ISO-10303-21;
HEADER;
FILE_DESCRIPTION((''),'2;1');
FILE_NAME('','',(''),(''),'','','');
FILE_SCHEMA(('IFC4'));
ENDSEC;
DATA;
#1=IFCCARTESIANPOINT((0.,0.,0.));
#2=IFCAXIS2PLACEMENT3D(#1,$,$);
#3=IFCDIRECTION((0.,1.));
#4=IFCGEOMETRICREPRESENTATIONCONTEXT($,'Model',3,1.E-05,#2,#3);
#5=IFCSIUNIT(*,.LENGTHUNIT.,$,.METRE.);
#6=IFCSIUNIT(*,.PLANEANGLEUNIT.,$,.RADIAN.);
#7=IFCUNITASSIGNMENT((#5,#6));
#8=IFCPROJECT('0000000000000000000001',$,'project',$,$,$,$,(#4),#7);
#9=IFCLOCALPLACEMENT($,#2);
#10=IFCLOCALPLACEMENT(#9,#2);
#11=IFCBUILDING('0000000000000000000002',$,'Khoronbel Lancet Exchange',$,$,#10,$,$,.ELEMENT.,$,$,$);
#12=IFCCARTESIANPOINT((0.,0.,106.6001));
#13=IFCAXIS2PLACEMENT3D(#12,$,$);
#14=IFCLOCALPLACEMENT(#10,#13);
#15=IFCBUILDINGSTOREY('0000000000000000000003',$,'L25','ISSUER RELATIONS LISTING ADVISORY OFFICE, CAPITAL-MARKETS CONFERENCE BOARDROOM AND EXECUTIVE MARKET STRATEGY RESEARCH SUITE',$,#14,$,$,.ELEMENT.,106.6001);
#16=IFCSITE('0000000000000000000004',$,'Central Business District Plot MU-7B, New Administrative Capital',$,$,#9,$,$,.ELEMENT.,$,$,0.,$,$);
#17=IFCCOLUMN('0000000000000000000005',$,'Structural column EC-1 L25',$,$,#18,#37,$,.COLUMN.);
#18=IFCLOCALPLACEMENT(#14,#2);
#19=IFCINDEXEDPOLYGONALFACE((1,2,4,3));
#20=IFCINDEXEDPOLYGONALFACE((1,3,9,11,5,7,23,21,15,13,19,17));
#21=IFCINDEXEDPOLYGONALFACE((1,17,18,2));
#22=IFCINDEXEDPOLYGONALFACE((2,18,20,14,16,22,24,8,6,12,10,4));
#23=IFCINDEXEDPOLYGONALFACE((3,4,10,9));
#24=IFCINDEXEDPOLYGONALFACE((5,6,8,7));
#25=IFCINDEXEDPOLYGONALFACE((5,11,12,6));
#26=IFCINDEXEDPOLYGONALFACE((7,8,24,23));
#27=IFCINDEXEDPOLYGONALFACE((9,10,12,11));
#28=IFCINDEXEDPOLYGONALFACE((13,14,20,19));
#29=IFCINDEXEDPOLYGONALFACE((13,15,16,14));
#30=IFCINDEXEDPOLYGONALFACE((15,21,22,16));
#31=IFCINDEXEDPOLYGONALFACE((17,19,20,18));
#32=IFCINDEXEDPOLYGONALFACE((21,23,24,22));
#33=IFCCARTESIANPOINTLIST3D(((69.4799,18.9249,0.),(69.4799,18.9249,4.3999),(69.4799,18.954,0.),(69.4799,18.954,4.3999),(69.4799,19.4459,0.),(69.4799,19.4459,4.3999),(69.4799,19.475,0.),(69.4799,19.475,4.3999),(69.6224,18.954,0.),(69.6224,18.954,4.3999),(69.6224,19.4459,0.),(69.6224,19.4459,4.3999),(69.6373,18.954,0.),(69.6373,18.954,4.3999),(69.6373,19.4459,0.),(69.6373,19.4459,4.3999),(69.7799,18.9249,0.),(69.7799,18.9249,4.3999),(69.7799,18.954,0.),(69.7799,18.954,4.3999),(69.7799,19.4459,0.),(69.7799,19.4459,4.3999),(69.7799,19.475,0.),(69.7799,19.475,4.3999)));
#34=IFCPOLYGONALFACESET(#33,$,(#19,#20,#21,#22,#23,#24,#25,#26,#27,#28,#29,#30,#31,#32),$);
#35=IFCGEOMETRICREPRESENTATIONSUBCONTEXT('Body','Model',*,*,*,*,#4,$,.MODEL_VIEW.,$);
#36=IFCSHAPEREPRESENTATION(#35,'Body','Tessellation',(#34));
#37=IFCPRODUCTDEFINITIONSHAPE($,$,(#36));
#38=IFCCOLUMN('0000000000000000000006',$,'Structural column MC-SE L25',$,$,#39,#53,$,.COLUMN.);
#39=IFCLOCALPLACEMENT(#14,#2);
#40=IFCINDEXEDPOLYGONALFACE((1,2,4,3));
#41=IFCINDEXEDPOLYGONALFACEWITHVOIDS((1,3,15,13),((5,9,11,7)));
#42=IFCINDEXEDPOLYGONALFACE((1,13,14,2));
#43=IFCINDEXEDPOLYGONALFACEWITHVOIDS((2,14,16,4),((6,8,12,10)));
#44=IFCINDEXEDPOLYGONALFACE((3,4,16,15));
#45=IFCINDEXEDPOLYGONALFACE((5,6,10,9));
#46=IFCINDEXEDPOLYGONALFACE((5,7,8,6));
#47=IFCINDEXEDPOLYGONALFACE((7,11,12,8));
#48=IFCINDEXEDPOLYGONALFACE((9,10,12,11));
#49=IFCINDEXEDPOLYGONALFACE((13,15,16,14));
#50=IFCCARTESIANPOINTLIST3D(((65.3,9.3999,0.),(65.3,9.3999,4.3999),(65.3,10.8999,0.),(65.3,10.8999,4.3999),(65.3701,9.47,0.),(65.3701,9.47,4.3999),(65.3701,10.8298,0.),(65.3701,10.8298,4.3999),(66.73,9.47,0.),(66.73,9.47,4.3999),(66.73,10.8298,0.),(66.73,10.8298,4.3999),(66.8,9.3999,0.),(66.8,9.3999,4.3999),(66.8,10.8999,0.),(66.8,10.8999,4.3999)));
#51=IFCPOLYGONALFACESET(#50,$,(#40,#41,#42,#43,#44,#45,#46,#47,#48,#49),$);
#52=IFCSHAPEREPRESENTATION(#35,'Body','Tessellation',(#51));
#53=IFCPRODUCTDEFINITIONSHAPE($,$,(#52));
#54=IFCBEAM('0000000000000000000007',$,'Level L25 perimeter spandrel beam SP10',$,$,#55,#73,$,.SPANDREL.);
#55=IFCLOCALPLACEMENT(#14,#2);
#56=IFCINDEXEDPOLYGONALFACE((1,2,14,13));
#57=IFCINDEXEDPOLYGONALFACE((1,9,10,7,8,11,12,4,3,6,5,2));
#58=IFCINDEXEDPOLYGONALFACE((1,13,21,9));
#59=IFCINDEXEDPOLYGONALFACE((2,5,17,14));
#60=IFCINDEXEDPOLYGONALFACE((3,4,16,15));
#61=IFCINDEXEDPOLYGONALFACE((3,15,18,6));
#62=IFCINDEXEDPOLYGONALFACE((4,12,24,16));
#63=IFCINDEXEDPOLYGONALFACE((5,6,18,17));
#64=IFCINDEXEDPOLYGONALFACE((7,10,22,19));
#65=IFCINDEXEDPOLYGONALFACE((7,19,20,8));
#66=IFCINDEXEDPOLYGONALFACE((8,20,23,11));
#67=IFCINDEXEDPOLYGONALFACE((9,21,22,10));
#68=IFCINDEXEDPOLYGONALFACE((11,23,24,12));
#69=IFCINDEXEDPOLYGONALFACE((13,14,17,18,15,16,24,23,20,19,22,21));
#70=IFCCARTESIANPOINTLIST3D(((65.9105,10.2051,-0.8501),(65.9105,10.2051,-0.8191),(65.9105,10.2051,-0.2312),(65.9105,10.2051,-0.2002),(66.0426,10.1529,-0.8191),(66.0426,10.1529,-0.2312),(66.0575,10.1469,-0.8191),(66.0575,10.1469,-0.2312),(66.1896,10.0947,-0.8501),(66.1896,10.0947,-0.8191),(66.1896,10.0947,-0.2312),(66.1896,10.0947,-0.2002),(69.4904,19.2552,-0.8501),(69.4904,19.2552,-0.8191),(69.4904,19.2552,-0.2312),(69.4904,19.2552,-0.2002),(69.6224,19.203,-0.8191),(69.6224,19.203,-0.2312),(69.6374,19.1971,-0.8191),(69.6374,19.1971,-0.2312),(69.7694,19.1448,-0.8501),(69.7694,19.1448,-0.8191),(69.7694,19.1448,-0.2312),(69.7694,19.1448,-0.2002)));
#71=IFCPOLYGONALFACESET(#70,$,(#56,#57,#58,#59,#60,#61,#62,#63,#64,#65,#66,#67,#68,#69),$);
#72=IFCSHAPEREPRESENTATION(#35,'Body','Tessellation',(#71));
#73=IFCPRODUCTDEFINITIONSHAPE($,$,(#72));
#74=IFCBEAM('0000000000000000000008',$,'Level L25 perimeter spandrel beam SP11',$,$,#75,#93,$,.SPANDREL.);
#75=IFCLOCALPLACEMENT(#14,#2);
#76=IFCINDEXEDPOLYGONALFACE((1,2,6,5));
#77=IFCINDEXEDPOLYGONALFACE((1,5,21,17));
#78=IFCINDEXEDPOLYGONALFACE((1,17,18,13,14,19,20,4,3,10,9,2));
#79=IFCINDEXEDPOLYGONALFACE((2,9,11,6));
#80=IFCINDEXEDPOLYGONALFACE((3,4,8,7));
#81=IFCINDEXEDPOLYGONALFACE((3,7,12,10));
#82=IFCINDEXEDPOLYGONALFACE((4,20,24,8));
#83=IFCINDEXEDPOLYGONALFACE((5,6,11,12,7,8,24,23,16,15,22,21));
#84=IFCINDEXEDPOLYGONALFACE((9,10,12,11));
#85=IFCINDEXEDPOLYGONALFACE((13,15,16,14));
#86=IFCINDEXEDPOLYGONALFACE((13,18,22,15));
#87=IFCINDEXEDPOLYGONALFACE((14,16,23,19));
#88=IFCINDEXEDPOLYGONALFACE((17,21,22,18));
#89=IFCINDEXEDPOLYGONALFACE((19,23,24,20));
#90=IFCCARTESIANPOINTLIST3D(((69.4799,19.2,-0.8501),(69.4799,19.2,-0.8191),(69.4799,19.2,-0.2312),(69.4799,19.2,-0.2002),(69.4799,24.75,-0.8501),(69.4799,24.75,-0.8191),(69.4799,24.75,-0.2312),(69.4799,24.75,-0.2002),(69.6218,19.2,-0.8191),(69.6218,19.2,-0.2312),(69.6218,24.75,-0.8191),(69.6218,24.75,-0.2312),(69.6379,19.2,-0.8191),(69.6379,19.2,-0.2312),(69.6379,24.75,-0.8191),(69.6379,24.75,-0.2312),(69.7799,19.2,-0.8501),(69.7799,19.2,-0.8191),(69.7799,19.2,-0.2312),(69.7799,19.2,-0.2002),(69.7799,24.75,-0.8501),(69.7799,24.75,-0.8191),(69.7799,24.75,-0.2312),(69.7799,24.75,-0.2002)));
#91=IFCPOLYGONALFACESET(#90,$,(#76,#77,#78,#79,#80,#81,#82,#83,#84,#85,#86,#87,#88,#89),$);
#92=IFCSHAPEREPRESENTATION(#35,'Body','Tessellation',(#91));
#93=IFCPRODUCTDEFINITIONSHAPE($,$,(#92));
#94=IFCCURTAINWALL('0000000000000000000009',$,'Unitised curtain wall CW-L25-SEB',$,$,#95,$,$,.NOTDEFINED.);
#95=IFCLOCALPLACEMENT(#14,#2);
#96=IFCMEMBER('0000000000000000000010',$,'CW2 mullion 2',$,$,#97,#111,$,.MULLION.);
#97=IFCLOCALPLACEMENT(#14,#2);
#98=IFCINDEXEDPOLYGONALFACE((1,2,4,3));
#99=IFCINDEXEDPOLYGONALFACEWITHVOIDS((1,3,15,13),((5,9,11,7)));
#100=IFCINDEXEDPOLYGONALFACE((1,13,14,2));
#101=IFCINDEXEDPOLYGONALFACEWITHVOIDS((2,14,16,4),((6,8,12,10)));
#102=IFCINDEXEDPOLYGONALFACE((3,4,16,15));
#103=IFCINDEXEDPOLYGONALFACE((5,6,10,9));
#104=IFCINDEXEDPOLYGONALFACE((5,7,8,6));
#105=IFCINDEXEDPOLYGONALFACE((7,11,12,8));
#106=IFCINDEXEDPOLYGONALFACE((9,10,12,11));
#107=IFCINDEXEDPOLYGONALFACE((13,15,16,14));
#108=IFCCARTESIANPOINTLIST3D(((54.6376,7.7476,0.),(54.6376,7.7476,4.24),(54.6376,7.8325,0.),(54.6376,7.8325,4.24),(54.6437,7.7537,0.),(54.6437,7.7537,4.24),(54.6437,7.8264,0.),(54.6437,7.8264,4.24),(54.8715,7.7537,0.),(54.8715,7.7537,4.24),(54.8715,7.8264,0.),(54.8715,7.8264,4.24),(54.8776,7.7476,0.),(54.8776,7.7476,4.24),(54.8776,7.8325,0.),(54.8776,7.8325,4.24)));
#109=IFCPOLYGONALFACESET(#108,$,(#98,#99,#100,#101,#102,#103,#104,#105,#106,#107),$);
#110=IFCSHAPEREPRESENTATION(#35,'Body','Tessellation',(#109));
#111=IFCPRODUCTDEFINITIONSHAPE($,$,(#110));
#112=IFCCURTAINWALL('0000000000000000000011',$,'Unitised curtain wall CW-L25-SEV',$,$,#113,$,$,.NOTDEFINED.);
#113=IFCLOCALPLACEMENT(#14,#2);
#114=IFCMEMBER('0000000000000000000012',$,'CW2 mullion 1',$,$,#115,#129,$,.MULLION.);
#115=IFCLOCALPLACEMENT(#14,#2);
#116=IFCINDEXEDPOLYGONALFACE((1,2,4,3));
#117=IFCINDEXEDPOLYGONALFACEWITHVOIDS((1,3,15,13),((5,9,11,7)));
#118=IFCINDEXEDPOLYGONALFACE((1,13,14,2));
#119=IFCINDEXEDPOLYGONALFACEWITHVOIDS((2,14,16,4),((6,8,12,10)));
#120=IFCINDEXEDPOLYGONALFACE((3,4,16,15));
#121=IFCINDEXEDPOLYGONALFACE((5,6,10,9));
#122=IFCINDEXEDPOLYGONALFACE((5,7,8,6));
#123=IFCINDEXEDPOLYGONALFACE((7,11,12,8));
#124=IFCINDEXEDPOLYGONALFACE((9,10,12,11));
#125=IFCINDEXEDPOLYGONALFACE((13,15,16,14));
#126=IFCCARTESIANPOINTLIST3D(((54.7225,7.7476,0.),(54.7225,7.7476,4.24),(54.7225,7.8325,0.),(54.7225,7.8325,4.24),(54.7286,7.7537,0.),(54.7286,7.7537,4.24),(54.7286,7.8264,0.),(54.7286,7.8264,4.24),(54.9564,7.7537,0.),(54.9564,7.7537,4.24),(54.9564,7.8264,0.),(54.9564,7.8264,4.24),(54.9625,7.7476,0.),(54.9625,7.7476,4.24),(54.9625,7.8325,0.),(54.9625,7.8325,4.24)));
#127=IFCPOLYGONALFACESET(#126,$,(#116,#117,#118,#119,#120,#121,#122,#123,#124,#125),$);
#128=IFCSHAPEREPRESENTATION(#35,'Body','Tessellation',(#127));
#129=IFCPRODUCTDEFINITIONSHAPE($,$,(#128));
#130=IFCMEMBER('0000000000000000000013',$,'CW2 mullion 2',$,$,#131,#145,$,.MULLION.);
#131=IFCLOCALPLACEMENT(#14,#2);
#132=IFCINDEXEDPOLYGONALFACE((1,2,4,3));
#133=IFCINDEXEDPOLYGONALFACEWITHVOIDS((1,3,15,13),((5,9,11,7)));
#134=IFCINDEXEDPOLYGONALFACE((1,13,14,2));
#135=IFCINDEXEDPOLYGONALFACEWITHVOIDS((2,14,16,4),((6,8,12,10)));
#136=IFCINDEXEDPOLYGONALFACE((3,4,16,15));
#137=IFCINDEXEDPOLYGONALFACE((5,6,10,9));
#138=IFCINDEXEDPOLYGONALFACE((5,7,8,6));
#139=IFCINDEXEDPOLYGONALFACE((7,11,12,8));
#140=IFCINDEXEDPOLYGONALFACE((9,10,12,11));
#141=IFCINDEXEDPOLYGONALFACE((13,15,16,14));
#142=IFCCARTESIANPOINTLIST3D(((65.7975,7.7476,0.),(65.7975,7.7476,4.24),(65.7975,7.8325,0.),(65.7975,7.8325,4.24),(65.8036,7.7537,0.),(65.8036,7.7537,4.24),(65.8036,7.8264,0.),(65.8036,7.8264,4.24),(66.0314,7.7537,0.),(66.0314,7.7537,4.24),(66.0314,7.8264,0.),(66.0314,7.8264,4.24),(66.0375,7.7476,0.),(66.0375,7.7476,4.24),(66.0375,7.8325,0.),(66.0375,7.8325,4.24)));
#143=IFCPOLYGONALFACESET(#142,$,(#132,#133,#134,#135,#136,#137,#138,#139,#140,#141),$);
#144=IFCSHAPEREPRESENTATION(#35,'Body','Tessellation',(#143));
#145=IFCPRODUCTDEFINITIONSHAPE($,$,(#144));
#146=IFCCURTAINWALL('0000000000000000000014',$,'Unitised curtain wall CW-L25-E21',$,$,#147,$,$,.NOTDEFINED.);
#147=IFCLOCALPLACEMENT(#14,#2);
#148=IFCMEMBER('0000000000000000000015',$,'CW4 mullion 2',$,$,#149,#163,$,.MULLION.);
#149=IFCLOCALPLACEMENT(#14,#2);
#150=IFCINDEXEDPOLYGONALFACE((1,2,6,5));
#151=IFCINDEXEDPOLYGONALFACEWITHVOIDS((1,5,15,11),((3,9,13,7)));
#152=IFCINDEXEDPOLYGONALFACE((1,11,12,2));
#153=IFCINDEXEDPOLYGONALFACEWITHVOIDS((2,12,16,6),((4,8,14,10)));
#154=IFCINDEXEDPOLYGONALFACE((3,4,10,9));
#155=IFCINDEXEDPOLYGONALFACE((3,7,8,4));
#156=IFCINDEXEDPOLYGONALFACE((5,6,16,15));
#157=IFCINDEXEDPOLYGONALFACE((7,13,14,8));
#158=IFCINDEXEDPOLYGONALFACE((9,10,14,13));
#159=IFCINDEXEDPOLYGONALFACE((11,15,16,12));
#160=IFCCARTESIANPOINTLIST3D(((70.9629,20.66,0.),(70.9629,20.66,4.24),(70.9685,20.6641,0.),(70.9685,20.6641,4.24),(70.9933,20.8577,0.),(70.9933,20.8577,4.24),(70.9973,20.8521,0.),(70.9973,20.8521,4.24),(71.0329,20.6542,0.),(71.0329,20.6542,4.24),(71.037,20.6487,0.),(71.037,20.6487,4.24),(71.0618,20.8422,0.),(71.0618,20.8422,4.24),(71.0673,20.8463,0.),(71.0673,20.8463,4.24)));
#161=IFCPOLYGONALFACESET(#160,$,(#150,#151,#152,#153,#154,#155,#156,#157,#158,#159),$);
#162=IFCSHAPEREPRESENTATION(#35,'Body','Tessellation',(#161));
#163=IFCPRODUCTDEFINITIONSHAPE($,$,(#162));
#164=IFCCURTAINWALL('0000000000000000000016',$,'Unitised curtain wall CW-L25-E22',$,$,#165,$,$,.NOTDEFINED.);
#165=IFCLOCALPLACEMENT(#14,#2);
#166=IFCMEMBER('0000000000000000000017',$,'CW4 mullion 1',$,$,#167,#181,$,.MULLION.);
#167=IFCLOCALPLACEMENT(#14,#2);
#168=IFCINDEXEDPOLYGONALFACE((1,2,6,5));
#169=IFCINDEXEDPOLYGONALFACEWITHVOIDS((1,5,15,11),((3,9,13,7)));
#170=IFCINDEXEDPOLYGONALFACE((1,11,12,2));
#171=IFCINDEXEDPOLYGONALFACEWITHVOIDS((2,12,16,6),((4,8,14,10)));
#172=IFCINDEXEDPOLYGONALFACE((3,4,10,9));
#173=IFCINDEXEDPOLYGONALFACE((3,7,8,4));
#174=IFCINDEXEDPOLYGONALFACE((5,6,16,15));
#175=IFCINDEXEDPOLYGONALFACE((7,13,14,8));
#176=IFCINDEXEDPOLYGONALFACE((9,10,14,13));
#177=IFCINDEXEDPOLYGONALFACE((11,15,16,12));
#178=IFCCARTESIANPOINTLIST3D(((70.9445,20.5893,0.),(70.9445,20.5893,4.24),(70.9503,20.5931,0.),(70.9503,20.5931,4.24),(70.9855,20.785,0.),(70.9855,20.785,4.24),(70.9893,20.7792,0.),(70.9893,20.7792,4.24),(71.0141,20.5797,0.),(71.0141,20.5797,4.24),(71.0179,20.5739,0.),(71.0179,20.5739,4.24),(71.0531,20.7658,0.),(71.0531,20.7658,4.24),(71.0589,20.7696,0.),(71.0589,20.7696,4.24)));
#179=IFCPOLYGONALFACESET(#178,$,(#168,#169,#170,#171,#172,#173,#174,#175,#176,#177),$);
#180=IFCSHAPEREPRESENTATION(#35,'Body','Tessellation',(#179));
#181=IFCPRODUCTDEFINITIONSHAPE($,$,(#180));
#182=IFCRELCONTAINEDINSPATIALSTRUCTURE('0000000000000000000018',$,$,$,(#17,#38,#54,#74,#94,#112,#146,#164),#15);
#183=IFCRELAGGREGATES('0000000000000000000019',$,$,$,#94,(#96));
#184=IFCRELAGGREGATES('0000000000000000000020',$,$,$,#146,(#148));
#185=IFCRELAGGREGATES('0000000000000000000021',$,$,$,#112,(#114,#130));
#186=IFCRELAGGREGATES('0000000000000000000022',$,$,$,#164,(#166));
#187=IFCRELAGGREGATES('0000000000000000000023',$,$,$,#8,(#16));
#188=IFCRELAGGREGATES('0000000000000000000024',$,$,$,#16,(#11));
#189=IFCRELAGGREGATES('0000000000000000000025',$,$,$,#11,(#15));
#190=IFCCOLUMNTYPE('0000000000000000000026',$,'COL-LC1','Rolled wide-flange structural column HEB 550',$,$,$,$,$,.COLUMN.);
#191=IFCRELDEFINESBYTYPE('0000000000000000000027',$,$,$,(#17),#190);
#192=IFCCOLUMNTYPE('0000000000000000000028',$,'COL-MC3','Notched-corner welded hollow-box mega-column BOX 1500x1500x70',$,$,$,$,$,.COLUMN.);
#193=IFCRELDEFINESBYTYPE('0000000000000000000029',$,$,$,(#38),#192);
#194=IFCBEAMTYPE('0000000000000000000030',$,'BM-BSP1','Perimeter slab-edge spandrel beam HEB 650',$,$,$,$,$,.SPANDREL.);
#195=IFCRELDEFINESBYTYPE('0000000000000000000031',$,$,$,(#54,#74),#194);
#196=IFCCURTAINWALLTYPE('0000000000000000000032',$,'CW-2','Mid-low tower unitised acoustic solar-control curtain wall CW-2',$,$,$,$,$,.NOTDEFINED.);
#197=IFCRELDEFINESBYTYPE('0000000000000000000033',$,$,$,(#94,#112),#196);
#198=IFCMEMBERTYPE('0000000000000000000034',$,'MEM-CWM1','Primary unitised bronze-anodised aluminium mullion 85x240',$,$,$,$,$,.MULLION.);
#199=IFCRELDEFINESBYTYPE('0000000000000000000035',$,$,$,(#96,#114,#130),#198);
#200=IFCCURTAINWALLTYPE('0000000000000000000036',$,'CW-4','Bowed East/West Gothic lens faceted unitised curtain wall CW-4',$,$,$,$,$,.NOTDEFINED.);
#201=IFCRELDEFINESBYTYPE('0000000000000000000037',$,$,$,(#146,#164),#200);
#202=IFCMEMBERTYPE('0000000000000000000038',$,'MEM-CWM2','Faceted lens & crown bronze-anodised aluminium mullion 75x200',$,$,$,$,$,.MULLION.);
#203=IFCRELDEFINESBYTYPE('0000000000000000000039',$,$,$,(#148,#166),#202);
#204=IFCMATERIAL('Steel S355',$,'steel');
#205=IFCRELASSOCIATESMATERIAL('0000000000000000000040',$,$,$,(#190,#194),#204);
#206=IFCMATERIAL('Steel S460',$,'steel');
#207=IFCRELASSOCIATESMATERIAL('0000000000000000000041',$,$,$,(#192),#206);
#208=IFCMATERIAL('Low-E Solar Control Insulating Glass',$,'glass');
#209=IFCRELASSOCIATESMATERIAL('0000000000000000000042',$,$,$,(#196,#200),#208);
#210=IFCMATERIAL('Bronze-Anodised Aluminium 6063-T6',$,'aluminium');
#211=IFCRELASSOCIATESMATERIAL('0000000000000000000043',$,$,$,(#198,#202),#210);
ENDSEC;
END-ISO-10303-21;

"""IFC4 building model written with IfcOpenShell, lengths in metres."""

from ifc_helpers import new_model, si_unit, direction, frame, origin, origin_2d, place, context, subcontext, project, spatial, hollow_rectangle, i_section, extrude, material, material_profile, profile_set, type_object, element, aggregate, save


model = new_model("IFC4")

# Units and contexts
model_context = context("Model", 3, precision=1e-05, world=origin(), true_north=direction((0.0, 1.0)))
body_context = subcontext(model_context, "Body", "Model", "MODEL_VIEW")
ifc_project = project(units=[si_unit("LENGTHUNIT", "METRE"), si_unit("PLANEANGLEUNIT", "RADIAN")], contexts=[model_context])

# Site, building, storey
site_placement = place(None, origin())
site = spatial("IfcSite", under=ifc_project, at=site_placement, Name="Central Business District Plot MU-7B, New Administrative Capital", CompositionType="ELEMENT", RefElevation=0.0)
building_placement = place(site_placement, origin())
building = spatial("IfcBuilding", under=site, at=building_placement, Name="Khoronbel Lancet Exchange", CompositionType="ELEMENT")
storey_placement = place(building_placement, frame((0.0, 0.0, 106.6001)))
storey = spatial("IfcBuildingStorey", under=building, at=storey_placement, Name="L25", Description="ISSUER RELATIONS LISTING ADVISORY OFFICE, CAPITAL-MARKETS CONFERENCE BOARDROOM AND EXECUTIVE MARKET STRATEGY RESEARCH SUITE", CompositionType="ELEMENT", Elevation=106.6001)

# Columns
ifc_material_1 = material(Name="Steel S355", Category="steel")
ifc_material_profile_1 = material_profile(ifc_material_1, i_section(OverallWidth=0.3, OverallDepth=0.55, WebThickness=0.0149, FlangeThickness=0.0291, at=origin_2d()), Name="HEB 550")
ifc_profile_set_1 = profile_set([ifc_material_profile_1], Name="Steel S355")
column_type_1 = type_object("IfcColumnType", Name="COL-LC1", Description="Rolled wide-flange structural column HEB 550", PredefinedType="COLUMN", material=ifc_profile_set_1)
column_1_placement = place(storey_placement, frame((69.6299, 19.2, 0.0), z_axis=(0.0, 0.0, 1.0), x_axis=(1.0, 0.0, 0.0)))
element("IfcColumn", 1, at=column_1_placement, inside=storey, type_object=column_type_1, Name="Structural column EC-1 L25", PredefinedType="COLUMN", context=body_context, shape_type="SweptSolid", body=[
    extrude(i_section(OverallWidth=0.3, OverallDepth=0.55, WebThickness=0.0149, FlangeThickness=0.0291, at=origin_2d()), origin(), (0.0, 0.0, 1.0), 4.3999),
])
ifc_material_2 = material(Name="Steel S460", Category="steel")
ifc_material_profile_2 = material_profile(ifc_material_2, hollow_rectangle(XDim=1.5, YDim=1.5, WallThickness=0.0701, at=origin_2d()), Name="BOX 1500x1500x70")
ifc_profile_set_2 = profile_set([ifc_material_profile_2], Name="Steel S460")
column_type_2 = type_object("IfcColumnType", Name="COL-MC3", Description="Notched-corner welded hollow-box mega-column BOX 1500x1500x70", PredefinedType="COLUMN", material=ifc_profile_set_2)
column_2_placement = place(storey_placement, frame((66.05, 10.1499, 0.0), z_axis=(0.0, 0.0, 1.0), x_axis=(1.0, 0.0, 0.0)))
element("IfcColumn", 2, at=column_2_placement, inside=storey, type_object=column_type_2, Name="Structural column MC-SE L25", PredefinedType="COLUMN", context=body_context, shape_type="SweptSolid", body=[
    extrude(hollow_rectangle(XDim=1.5, YDim=1.5, WallThickness=0.0701, at=origin_2d()), origin(), (0.0, 0.0, 1.0), 4.3999),
])

# Beams
ifc_material_profile_3 = material_profile(ifc_material_1, i_section(OverallWidth=0.3, OverallDepth=0.6499, WebThickness=0.0161, FlangeThickness=0.031, at=origin_2d()), Name="HEB 650")
ifc_profile_set_3 = profile_set([ifc_material_profile_3], Name="Steel S355")
beam_type = type_object("IfcBeamType", Name="BM-BSP1", Description="Perimeter slab-edge spandrel beam HEB 650", PredefinedType="SPANDREL", material=ifc_profile_set_3)
beam_1_placement = place(storey_placement, frame((66.05, 10.1499, -0.5251), z_axis=(0.367828, 0.929894, 0.0), x_axis=(-0.929894, 0.367828, 0.0)))
element("IfcBeam", 3, at=beam_1_placement, inside=storey, type_object=beam_type, Name="Level L25 perimeter spandrel beam SP10", PredefinedType="SPANDREL", context=body_context, shape_type="SweptSolid", body=[
    extrude(i_section(OverallWidth=0.3, OverallDepth=0.6499, WebThickness=0.0161, FlangeThickness=0.031, at=origin_2d()), origin(), (0.0, 0.0, 1.0), 9.7324),
])
beam_2_placement = place(storey_placement, frame((69.6299, 19.2, -0.5251), z_axis=(0.0, 1.0, 0.0), x_axis=(-1.0, 0.0, 0.0)))
element("IfcBeam", 4, at=beam_2_placement, inside=storey, type_object=beam_type, Name="Level L25 perimeter spandrel beam SP11", PredefinedType="SPANDREL", context=body_context, shape_type="SweptSolid", body=[
    extrude(i_section(OverallWidth=0.3, OverallDepth=0.6499, WebThickness=0.0161, FlangeThickness=0.031, at=origin_2d()), origin(), (0.0, 0.0, 1.0), 5.55),
])

# Curtain wall, member
ifc_material_3 = material(Name="Low-E Solar Control Insulating Glass", Category="glass")
curtain_wall_type_1 = type_object("IfcCurtainWallType", Name="CW-2", Description="Mid-low tower unitised acoustic solar-control curtain wall CW-2", PredefinedType="NOTDEFINED", material=ifc_material_3)
curtain_wall_1_placement = place(storey_placement, origin())
curtain_wall_1 = element("IfcCurtainWall", 5, at=curtain_wall_1_placement, inside=storey, type_object=curtain_wall_type_1, Name="Unitised curtain wall CW-L25-SEB", PredefinedType="NOTDEFINED")
ifc_material_4 = material(Name="Bronze-Anodised Aluminium 6063-T6", Category="aluminium")
ifc_material_profile_4 = material_profile(ifc_material_4, hollow_rectangle(XDim=0.085, YDim=0.24, WallThickness=0.0061, at=origin_2d()), Name="ALU MULLION 85x240")
ifc_profile_set_4 = profile_set([ifc_material_profile_4], Name="Bronze-Anodised Aluminium 6063-T6")
member_type_1 = type_object("IfcMemberType", Name="MEM-CWM1", Description="Primary unitised bronze-anodised aluminium mullion 85x240", PredefinedType="MULLION", material=ifc_profile_set_4)
member_1_placement = place(storey_placement, frame((54.7576, 7.79, 0.0), z_axis=(0.0, 0.0, 1.0), x_axis=(0.0, 1.0, 0.0)))
member_1 = element("IfcMember", 6, at=member_1_placement, type_object=member_type_1, Name="CW2 mullion 2", PredefinedType="MULLION", context=body_context, shape_type="SweptSolid", body=[
    extrude(hollow_rectangle(XDim=0.085, YDim=0.24, WallThickness=0.0061, at=origin_2d()), origin(), (0.0, 0.0, 1.0), 4.24),
])
aggregate(curtain_wall_1, [member_1])

# Curtain wall, members
curtain_wall_2_placement = place(storey_placement, origin())
curtain_wall_2 = element("IfcCurtainWall", 7, at=curtain_wall_2_placement, inside=storey, type_object=curtain_wall_type_1, Name="Unitised curtain wall CW-L25-SEV", PredefinedType="NOTDEFINED")
member_2_placement = place(storey_placement, frame((54.8425, 7.79, 0.0), z_axis=(0.0, 0.0, 1.0), x_axis=(0.0, 1.0, 0.0)))
member_2 = element("IfcMember", 8, at=member_2_placement, type_object=member_type_1, Name="CW2 mullion 1", PredefinedType="MULLION", context=body_context, shape_type="SweptSolid", body=[
    extrude(hollow_rectangle(XDim=0.085, YDim=0.24, WallThickness=0.0061, at=origin_2d()), origin(), (0.0, 0.0, 1.0), 4.24),
])
member_3_placement = place(storey_placement, frame((65.9175, 7.79, 0.0), z_axis=(0.0, 0.0, 1.0), x_axis=(0.0, 1.0, 0.0)))
member_3 = element("IfcMember", 9, at=member_3_placement, type_object=member_type_1, Name="CW2 mullion 2", PredefinedType="MULLION", context=body_context, shape_type="SweptSolid", body=[
    extrude(hollow_rectangle(XDim=0.085, YDim=0.24, WallThickness=0.0061, at=origin_2d()), origin(), (0.0, 0.0, 1.0), 4.24),
])

# Curtain wall, member
curtain_wall_type_2 = type_object("IfcCurtainWallType", Name="CW-4", Description="Bowed East/West Gothic lens faceted unitised curtain wall CW-4", PredefinedType="NOTDEFINED", material=ifc_material_3)
curtain_wall_3_placement = place(storey_placement, origin())
curtain_wall_3 = element("IfcCurtainWall", 10, at=curtain_wall_3_placement, inside=storey, type_object=curtain_wall_type_2, Name="Unitised curtain wall CW-L25-E21", PredefinedType="NOTDEFINED")
ifc_material_profile_5 = material_profile(ifc_material_4, hollow_rectangle(XDim=0.075, YDim=0.2, WallThickness=0.0049, at=origin_2d()), Name="ALU MULLION 75x200")
ifc_profile_set_5 = profile_set([ifc_material_profile_5], Name="Bronze-Anodised Aluminium 6063-T6")
member_type_2 = type_object("IfcMemberType", Name="MEM-CWM2", Description="Faceted lens & crown bronze-anodised aluminium mullion 75x200", PredefinedType="MULLION", material=ifc_profile_set_5)
member_4_placement = place(storey_placement, frame((71.0151, 20.7532, 0.0), z_axis=(0.0, 0.0, 1.0), x_axis=(0.988428, -0.15169, 0.0)))
member_4 = element("IfcMember", 11, at=member_4_placement, type_object=member_type_2, Name="CW4 mullion 2", PredefinedType="MULLION", context=body_context, shape_type="SweptSolid", body=[
    extrude(hollow_rectangle(XDim=0.075, YDim=0.2, WallThickness=0.0049, at=origin_2d()), origin(), (0.0, 0.0, 1.0), 4.24),
])

# Curtain wall, member
curtain_wall_4_placement = place(storey_placement, origin())
curtain_wall_4 = element("IfcCurtainWall", 12, at=curtain_wall_4_placement, inside=storey, type_object=curtain_wall_type_2, Name="Unitised curtain wall CW-L25-E22", PredefinedType="NOTDEFINED")
member_5_placement = place(storey_placement, frame((71.0017, 20.6794, 0.0), z_axis=(0.0, 0.0, 1.0), x_axis=(0.978729, -0.205156, 0.0)))
member_5 = element("IfcMember", 13, at=member_5_placement, type_object=member_type_2, Name="CW4 mullion 1", PredefinedType="MULLION", context=body_context, shape_type="SweptSolid", body=[
    extrude(hollow_rectangle(XDim=0.075, YDim=0.2, WallThickness=0.0049, at=origin_2d()), origin(), (0.0, 0.0, 1.0), 4.24),
])

aggregate(curtain_wall_3, [member_4])
aggregate(curtain_wall_2, [member_2, member_3])
aggregate(curtain_wall_4, [member_5])

save(model, "model.ifc")
